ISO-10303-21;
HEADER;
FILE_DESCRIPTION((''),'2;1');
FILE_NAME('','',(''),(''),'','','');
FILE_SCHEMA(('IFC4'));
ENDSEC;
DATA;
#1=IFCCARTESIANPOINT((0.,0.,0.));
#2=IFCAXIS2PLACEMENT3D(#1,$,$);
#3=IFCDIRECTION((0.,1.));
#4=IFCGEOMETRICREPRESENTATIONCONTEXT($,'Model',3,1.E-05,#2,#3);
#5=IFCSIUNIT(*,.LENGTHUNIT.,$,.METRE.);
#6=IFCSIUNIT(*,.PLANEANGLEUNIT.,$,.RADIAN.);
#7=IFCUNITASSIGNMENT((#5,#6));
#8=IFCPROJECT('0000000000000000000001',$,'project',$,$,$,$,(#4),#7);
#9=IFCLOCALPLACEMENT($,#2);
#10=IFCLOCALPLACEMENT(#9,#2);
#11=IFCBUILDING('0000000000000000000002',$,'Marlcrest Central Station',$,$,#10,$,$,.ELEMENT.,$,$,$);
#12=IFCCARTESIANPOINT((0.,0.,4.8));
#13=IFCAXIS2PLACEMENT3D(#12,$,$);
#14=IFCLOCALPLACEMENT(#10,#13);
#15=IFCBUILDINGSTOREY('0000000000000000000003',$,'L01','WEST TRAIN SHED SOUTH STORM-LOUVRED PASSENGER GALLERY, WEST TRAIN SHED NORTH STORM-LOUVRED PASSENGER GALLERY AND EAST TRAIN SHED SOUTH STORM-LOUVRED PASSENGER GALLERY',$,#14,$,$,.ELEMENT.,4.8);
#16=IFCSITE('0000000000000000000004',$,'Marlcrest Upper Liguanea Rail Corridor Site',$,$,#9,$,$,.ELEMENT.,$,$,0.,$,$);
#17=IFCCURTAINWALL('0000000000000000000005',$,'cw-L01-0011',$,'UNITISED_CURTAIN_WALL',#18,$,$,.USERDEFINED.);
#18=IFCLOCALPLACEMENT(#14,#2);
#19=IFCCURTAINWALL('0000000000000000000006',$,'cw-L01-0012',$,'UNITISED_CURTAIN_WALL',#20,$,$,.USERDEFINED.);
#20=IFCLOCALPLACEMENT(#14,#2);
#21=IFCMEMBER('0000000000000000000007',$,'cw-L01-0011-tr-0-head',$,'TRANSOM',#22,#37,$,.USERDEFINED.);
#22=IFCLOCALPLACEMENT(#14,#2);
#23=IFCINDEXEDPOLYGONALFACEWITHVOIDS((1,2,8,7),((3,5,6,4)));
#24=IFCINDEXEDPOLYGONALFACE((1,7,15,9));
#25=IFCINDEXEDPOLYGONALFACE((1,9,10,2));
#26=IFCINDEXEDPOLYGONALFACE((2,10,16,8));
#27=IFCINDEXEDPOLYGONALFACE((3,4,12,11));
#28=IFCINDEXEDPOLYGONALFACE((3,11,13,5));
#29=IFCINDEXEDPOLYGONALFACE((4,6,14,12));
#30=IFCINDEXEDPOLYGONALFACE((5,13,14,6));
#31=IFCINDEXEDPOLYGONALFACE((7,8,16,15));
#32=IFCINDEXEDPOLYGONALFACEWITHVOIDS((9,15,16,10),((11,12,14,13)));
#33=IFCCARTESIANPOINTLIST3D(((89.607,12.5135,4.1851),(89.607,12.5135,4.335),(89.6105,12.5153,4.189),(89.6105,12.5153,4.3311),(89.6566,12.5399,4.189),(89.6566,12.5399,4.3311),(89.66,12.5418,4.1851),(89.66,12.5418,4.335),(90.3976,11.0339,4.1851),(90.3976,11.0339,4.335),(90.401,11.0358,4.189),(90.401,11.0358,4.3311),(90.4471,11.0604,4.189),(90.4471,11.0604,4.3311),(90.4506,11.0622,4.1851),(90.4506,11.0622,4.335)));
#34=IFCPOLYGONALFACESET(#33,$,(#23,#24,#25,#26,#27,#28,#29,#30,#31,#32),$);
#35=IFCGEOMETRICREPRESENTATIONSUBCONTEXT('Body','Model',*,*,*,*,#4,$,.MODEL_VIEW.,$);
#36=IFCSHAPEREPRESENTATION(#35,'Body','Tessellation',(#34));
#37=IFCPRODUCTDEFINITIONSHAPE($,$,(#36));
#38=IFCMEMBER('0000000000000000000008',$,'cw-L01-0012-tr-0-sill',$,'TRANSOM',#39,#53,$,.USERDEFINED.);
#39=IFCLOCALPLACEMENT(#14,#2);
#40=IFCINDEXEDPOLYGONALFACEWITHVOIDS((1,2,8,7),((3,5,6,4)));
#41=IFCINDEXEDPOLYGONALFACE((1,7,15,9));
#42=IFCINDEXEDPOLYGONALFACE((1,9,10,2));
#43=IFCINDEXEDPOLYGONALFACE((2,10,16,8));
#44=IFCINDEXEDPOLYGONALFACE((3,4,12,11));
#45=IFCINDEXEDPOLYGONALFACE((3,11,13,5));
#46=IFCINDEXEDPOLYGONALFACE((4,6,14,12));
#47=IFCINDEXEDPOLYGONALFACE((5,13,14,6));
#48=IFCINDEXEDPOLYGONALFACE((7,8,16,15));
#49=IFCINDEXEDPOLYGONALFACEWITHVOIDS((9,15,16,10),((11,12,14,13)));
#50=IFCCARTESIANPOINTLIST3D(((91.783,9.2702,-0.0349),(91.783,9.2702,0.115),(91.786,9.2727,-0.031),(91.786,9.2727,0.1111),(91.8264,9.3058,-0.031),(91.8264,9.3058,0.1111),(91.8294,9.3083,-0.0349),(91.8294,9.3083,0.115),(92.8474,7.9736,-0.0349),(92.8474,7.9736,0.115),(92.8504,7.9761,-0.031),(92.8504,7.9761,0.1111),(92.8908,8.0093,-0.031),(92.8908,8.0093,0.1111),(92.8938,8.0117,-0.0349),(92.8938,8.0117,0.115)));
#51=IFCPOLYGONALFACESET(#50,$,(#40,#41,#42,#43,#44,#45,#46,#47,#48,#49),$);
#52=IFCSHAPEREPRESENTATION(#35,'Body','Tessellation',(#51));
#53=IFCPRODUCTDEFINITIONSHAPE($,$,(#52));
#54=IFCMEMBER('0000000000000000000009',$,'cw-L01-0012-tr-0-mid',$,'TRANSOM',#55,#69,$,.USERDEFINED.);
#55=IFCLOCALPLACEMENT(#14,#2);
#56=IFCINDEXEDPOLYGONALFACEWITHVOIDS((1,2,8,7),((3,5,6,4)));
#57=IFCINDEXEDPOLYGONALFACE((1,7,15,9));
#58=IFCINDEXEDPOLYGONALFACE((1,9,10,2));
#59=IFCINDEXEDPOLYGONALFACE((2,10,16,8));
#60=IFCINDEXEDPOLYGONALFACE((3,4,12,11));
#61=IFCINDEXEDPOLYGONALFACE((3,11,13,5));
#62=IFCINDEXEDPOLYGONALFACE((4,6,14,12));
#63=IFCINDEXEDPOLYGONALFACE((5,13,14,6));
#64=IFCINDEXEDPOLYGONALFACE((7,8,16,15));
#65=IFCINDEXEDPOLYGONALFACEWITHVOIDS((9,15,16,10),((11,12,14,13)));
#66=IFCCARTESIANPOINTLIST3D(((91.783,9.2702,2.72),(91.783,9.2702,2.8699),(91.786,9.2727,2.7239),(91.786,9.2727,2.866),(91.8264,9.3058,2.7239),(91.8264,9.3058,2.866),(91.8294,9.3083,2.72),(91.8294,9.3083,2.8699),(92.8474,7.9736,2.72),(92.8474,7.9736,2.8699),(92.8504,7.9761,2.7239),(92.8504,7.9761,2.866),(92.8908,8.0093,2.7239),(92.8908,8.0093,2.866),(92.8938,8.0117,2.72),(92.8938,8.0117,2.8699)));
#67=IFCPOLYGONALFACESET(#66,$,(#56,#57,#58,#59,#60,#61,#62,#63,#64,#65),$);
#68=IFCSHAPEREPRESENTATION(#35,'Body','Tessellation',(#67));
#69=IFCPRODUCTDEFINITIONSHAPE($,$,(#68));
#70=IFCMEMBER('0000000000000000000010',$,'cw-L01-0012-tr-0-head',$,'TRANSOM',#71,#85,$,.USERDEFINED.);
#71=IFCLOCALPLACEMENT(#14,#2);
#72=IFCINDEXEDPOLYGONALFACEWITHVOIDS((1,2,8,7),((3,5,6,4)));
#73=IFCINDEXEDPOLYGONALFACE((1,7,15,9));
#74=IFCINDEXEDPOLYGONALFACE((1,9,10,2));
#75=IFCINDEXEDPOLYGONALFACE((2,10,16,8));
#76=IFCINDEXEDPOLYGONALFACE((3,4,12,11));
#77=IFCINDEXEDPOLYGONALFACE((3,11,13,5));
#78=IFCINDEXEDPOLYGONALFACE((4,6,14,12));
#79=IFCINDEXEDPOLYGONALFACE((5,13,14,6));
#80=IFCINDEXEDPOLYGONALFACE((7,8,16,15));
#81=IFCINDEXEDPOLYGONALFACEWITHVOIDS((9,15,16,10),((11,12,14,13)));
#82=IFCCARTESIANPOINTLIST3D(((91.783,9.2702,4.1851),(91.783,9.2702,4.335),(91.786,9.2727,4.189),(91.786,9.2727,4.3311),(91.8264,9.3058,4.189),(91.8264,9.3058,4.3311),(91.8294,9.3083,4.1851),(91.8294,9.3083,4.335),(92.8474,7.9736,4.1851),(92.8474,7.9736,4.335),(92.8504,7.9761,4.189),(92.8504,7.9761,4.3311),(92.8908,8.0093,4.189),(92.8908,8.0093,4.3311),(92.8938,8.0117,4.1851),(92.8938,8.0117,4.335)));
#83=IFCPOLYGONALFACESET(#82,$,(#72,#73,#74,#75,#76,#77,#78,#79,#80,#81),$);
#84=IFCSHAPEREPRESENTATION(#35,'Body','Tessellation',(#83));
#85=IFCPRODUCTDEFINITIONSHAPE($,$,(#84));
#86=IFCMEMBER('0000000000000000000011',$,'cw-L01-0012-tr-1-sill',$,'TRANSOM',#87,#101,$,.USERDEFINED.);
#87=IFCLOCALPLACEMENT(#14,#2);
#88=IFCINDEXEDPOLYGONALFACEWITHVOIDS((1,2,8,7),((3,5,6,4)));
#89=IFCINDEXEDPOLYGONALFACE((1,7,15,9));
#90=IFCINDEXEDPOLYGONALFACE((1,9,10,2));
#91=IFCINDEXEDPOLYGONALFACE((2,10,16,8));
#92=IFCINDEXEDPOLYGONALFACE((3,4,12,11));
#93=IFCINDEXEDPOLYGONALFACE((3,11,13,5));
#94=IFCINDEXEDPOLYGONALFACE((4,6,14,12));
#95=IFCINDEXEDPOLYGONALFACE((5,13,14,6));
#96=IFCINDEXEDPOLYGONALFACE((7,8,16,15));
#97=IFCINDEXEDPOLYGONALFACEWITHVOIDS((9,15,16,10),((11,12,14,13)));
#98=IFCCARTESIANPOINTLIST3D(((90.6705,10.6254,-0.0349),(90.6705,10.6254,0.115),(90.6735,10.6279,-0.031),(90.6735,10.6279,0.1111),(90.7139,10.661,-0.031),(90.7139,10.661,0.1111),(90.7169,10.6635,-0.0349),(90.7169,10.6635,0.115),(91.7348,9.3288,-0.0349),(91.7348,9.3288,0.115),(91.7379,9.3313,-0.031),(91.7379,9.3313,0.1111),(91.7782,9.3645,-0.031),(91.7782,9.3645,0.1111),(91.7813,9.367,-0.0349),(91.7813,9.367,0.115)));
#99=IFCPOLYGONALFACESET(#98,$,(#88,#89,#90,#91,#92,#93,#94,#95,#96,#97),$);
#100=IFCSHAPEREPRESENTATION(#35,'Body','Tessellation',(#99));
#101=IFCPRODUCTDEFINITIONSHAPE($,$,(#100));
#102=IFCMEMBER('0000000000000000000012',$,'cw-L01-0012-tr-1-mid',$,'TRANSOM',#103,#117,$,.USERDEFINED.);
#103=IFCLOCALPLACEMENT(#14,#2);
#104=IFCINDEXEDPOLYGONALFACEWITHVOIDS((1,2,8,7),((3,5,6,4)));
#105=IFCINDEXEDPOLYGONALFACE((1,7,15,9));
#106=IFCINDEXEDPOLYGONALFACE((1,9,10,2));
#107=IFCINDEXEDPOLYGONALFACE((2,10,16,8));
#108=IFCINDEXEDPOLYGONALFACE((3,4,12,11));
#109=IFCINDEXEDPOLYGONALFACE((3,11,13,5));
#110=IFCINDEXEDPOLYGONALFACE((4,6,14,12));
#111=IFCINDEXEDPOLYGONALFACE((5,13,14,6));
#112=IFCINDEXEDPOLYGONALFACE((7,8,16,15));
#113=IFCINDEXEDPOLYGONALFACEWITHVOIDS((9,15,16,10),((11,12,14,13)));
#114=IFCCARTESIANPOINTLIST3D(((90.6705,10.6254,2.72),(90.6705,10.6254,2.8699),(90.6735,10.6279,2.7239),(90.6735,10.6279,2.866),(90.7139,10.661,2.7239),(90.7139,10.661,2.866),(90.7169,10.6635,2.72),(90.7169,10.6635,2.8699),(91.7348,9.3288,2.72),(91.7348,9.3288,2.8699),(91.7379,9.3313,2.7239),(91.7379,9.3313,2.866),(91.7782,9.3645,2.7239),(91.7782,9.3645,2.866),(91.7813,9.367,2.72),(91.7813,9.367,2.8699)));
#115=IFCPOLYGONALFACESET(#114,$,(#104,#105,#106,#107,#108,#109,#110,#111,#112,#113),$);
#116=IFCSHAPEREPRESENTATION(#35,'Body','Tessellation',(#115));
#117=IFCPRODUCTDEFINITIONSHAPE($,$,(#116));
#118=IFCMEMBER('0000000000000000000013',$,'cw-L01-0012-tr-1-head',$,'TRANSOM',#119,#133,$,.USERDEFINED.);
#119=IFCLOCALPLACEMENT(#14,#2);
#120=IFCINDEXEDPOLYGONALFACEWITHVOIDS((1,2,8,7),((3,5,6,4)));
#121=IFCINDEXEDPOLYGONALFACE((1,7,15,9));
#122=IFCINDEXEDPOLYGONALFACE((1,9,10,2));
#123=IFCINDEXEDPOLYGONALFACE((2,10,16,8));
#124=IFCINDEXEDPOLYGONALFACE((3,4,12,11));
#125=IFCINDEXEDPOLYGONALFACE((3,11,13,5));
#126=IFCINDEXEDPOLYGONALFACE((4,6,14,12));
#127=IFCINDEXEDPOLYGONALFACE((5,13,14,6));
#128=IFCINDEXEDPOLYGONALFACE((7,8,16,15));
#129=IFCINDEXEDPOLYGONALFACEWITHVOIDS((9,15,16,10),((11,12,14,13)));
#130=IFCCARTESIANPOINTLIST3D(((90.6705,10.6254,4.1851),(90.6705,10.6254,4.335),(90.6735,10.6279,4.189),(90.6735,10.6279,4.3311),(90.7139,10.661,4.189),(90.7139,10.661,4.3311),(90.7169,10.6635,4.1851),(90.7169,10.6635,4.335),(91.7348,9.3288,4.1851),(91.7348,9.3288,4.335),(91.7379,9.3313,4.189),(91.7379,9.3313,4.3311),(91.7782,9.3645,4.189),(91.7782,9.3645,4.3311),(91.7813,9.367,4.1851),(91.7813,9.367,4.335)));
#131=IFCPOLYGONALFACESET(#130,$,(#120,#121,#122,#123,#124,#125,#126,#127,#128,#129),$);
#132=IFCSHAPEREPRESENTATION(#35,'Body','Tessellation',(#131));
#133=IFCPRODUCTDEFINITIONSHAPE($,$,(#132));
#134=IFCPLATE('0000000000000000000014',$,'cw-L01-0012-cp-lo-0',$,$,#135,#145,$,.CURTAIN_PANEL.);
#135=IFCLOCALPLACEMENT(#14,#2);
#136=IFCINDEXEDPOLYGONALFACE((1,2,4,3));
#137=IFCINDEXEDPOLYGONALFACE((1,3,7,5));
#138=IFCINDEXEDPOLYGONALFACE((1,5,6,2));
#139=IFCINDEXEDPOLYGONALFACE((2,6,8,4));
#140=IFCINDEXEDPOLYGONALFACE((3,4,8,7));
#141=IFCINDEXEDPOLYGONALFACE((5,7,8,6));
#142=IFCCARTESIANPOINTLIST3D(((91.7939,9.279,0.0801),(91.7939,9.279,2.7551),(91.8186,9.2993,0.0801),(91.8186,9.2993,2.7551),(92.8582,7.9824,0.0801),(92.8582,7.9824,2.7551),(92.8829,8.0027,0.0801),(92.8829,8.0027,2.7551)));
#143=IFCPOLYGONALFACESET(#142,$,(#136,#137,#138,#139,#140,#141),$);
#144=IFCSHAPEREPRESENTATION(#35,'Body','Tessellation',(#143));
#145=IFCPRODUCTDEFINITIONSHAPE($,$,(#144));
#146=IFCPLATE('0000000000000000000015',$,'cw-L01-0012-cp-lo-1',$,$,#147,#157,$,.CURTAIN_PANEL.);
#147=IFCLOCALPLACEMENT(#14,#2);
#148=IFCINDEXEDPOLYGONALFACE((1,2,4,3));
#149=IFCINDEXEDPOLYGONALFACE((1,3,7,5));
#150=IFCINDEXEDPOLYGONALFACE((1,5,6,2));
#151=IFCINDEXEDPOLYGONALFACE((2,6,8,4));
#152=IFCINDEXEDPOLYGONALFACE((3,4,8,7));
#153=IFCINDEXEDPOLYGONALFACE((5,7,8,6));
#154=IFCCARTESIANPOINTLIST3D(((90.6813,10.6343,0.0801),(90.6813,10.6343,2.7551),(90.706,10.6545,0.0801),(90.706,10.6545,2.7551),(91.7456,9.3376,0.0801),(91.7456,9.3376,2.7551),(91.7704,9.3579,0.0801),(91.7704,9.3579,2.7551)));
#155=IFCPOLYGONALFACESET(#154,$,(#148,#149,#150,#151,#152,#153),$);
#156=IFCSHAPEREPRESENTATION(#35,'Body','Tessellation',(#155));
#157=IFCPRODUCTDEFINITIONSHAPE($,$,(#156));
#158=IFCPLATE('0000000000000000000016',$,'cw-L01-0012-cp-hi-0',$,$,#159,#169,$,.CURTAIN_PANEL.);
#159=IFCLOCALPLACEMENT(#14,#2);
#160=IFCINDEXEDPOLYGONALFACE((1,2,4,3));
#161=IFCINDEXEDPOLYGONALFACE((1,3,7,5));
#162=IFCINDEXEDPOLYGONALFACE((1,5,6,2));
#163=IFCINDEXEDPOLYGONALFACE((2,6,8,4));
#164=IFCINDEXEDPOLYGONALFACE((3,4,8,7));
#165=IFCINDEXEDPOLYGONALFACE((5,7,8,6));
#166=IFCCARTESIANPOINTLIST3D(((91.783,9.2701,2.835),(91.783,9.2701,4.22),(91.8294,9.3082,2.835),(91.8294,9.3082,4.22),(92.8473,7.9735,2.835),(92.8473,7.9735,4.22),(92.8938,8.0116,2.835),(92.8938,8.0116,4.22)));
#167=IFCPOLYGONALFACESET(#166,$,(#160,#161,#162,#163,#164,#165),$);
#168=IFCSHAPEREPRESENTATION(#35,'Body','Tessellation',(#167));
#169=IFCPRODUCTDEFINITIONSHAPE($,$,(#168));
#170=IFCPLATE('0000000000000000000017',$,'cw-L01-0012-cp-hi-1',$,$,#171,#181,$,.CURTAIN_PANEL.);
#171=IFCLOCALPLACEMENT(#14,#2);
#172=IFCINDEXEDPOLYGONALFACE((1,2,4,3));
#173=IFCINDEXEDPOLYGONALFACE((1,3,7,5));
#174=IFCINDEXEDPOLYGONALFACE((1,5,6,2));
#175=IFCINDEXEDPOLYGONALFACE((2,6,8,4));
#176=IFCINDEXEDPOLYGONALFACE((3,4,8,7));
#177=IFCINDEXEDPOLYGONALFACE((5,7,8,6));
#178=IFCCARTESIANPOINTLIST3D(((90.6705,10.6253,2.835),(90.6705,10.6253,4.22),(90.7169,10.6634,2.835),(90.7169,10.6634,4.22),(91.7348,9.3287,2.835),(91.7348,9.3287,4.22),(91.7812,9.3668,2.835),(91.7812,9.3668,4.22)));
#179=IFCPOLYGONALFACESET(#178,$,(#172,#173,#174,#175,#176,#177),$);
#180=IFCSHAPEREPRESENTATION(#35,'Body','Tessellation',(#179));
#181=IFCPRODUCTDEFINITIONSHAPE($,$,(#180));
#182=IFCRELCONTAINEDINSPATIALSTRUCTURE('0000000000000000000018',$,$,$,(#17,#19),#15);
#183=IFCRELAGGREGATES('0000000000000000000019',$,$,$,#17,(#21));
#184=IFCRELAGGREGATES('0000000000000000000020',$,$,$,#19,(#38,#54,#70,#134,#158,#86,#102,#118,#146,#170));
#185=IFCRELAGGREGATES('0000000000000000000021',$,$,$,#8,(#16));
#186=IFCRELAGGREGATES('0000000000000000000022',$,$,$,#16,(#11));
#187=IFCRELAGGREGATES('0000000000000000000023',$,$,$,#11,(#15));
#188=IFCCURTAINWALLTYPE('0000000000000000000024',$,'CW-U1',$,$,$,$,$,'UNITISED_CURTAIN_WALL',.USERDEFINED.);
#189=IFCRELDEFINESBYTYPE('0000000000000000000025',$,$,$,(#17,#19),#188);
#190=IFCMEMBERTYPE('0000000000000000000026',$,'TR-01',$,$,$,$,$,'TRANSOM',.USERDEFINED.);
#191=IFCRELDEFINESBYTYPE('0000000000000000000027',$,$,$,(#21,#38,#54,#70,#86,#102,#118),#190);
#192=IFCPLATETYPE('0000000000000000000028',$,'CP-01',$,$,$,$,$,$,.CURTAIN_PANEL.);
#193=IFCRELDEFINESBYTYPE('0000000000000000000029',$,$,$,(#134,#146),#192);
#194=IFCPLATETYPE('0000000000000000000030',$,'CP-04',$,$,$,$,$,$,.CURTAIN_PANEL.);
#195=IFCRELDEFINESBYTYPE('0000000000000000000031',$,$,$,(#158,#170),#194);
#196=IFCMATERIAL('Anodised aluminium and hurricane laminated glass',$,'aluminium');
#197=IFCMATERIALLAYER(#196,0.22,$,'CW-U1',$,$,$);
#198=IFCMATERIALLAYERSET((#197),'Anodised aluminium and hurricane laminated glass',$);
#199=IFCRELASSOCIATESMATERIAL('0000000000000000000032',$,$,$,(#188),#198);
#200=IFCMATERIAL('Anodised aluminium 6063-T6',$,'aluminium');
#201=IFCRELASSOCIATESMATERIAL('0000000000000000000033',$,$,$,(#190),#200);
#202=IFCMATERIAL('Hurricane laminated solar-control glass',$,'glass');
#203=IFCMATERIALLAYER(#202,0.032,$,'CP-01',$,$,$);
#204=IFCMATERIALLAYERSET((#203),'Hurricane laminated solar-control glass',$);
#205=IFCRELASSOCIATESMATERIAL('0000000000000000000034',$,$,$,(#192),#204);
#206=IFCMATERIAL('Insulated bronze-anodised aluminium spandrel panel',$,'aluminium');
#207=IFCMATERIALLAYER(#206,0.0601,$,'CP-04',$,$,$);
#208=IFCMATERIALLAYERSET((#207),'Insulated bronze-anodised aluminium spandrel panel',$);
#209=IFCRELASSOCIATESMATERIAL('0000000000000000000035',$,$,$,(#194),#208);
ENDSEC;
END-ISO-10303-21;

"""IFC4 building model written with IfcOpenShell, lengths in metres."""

from ifc_helpers import new_model, si_unit, direction, frame, origin, origin_2d, place, context, subcontext, project, spatial, rectangle, hollow_rectangle, extrude, material, layer, layer_set, material_profile, profile_set, type_object, element, aggregate, save


model = new_model("IFC4")

# Units and contexts
model_context = context("Model", 3, precision=1e-05, world=origin(), true_north=direction((0.0, 1.0)))
body_context = subcontext(model_context, "Body", "Model", "MODEL_VIEW")
ifc_project = project(units=[si_unit("LENGTHUNIT", "METRE"), si_unit("PLANEANGLEUNIT", "RADIAN")], contexts=[model_context])

# Site, building, storey
site_placement = place(None, origin())
site = spatial("IfcSite", under=ifc_project, at=site_placement, Name="Marlcrest Upper Liguanea Rail Corridor Site", CompositionType="ELEMENT", RefElevation=0.0)
building_placement = place(site_placement, origin())
building = spatial("IfcBuilding", under=site, at=building_placement, Name="Marlcrest Central Station", CompositionType="ELEMENT")
storey_placement = place(building_placement, frame((0.0, 0.0, 4.8)))
storey = spatial("IfcBuildingStorey", under=building, at=storey_placement, Name="L01", Description="WEST TRAIN SHED SOUTH STORM-LOUVRED PASSENGER GALLERY, WEST TRAIN SHED NORTH STORM-LOUVRED PASSENGER GALLERY AND EAST TRAIN SHED SOUTH STORM-LOUVRED PASSENGER GALLERY", CompositionType="ELEMENT", Elevation=4.8)

# Curtain wall
ifc_material_1 = material(Name="Anodised aluminium and hurricane laminated glass", Category="aluminium")
ifc_layer_1 = layer(ifc_material_1, 0.22, Name="CW-U1")
ifc_layer_set_1 = layer_set([ifc_layer_1], Name="Anodised aluminium and hurricane laminated glass")
curtain_wall_type = type_object("IfcCurtainWallType", Name="CW-U1", ElementType="UNITISED_CURTAIN_WALL", PredefinedType="USERDEFINED", material=ifc_layer_set_1)
curtain_wall_1_placement = place(storey_placement, origin())
curtain_wall_1 = element("IfcCurtainWall", 1, at=curtain_wall_1_placement, inside=storey, type_object=curtain_wall_type, Name="cw-L01-0011", ObjectType="UNITISED_CURTAIN_WALL", PredefinedType="USERDEFINED")
ifc_material_2 = material(Name="Anodised aluminium 6063-T6", Category="aluminium")

# Curtain wall
curtain_wall_2_placement = place(storey_placement, origin())
curtain_wall_2 = element("IfcCurtainWall", 2, at=curtain_wall_2_placement, inside=storey, type_object=curtain_wall_type, Name="cw-L01-0012", ObjectType="UNITISED_CURTAIN_WALL", PredefinedType="USERDEFINED")

# Members
ifc_material_profile_1 = material_profile(ifc_material_2, hollow_rectangle(XDim=0.0601, YDim=0.1499, WallThickness=0.0039, at=origin_2d()), Name="AA-RHS 150x60x4")
ifc_profile_set_1 = profile_set([ifc_material_profile_1], Name="Anodised aluminium 6063-T6")
member_type_1 = type_object("IfcMemberType", Name="TR-01", ElementType="TRANSOM", PredefinedType="USERDEFINED", material=ifc_profile_set_1)
member_1_placement = place(storey_placement, frame((90.4241, 11.0481, 4.26), z_axis=(-0.471268, 0.88199, 0.0), x_axis=(-0.88199, -0.471268, 0.0)))
member_1 = element("IfcMember", 3, at=member_1_placement, type_object=member_type_1, Name="cw-L01-0011-tr-0-head", ObjectType="TRANSOM", PredefinedType="USERDEFINED", context=body_context, shape_type="SweptSolid", body=[
    extrude(hollow_rectangle(XDim=0.0601, YDim=0.1499, WallThickness=0.0039, at=origin_2d()), origin(), (0.0, 0.0, 1.0), 1.6775),
])
aggregate(curtain_wall_1, [member_1])
member_2_placement = place(storey_placement, frame((92.8706, 7.9927, 0.04), z_axis=(-0.634513, 0.772912, 0.0), x_axis=(-0.772912, -0.634513, 0.0)))
member_2 = element("IfcMember", 4, at=member_2_placement, type_object=member_type_1, Name="cw-L01-0012-tr-0-sill", ObjectType="TRANSOM", PredefinedType="USERDEFINED", context=body_context, shape_type="SweptSolid", body=[
    extrude(hollow_rectangle(XDim=0.0601, YDim=0.1499, WallThickness=0.0039, at=origin_2d()), origin(), (0.0, 0.0, 1.0), 1.6775),
])
member_3_placement = place(storey_placement, frame((92.8706, 7.9927, 2.7949), z_axis=(-0.634513, 0.772912, 0.0), x_axis=(-0.772912, -0.634513, 0.0)))
member_3 = element("IfcMember", 5, at=member_3_placement, type_object=member_type_1, Name="cw-L01-0012-tr-0-mid", ObjectType="TRANSOM", PredefinedType="USERDEFINED", context=body_context, shape_type="SweptSolid", body=[
    extrude(hollow_rectangle(XDim=0.0601, YDim=0.1499, WallThickness=0.0039, at=origin_2d()), origin(), (0.0, 0.0, 1.0), 1.6775),
])
member_4_placement = place(storey_placement, frame((92.8706, 7.9927, 4.26), z_axis=(-0.634513, 0.772912, 0.0), x_axis=(-0.772912, -0.634513, 0.0)))
member_4 = element("IfcMember", 6, at=member_4_placement, type_object=member_type_1, Name="cw-L01-0012-tr-0-head", ObjectType="TRANSOM", PredefinedType="USERDEFINED", context=body_context, shape_type="SweptSolid", body=[
    extrude(hollow_rectangle(XDim=0.0601, YDim=0.1499, WallThickness=0.0039, at=origin_2d()), origin(), (0.0, 0.0, 1.0), 1.6775),
])
member_5_placement = place(storey_placement, frame((91.7581, 9.3479, 0.04), z_axis=(-0.634513, 0.772912, 0.0), x_axis=(-0.772912, -0.634513, 0.0)))
member_5 = element("IfcMember", 7, at=member_5_placement, type_object=member_type_1, Name="cw-L01-0012-tr-1-sill", ObjectType="TRANSOM", PredefinedType="USERDEFINED", context=body_context, shape_type="SweptSolid", body=[
    extrude(hollow_rectangle(XDim=0.0601, YDim=0.1499, WallThickness=0.0039, at=origin_2d()), origin(), (0.0, 0.0, 1.0), 1.6775),
])
member_6_placement = place(storey_placement, frame((91.7581, 9.3479, 2.7949), z_axis=(-0.634513, 0.772912, 0.0), x_axis=(-0.772912, -0.634513, 0.0)))
member_6 = element("IfcMember", 8, at=member_6_placement, type_object=member_type_1, Name="cw-L01-0012-tr-1-mid", ObjectType="TRANSOM", PredefinedType="USERDEFINED", context=body_context, shape_type="SweptSolid", body=[
    extrude(hollow_rectangle(XDim=0.0601, YDim=0.1499, WallThickness=0.0039, at=origin_2d()), origin(), (0.0, 0.0, 1.0), 1.6775),
])
member_7_placement = place(storey_placement, frame((91.7581, 9.3479, 4.26), z_axis=(-0.634513, 0.772912, 0.0), x_axis=(-0.772912, -0.634513, 0.0)))
member_7 = element("IfcMember", 9, at=member_7_placement, type_object=member_type_1, Name="cw-L01-0012-tr-1-head", ObjectType="TRANSOM", PredefinedType="USERDEFINED", context=body_context, shape_type="SweptSolid", body=[
    extrude(hollow_rectangle(XDim=0.0601, YDim=0.1499, WallThickness=0.0039, at=origin_2d()), origin(), (0.0, 0.0, 1.0), 1.6775),
])

# Plates
ifc_material_3 = material(Name="Hurricane laminated solar-control glass", Category="glass")
ifc_layer_2 = layer(ifc_material_3, 0.032, Name="CP-01")
ifc_layer_set_2 = layer_set([ifc_layer_2], Name="Hurricane laminated solar-control glass")
plate_type_1 = type_object("IfcPlateType", Name="CP-01", PredefinedType="CURTAIN_PANEL", material=ifc_layer_set_2)
plate_1_placement = place(storey_placement, frame((92.3384, 8.6409, 0.0801), z_axis=(0.0, 0.0, 1.0), x_axis=(-0.634474, 0.772944, 0.0)))
plate_1 = element("IfcPlate", 10, at=plate_1_placement, type_object=plate_type_1, Name="cw-L01-0012-cp-lo-0", PredefinedType="CURTAIN_PANEL", context=body_context, shape_type="SweptSolid", body=[
    extrude(rectangle(XDim=1.6775, YDim=0.032, at=origin_2d()), origin(), (0.0, 0.0, 1.0), 2.675),
])
plate_2_placement = place(storey_placement, frame((91.2258, 9.9961, 0.0801), z_axis=(0.0, 0.0, 1.0), x_axis=(-0.634474, 0.772944, 0.0)))
plate_2 = element("IfcPlate", 11, at=plate_2_placement, type_object=plate_type_1, Name="cw-L01-0012-cp-lo-1", PredefinedType="CURTAIN_PANEL", context=body_context, shape_type="SweptSolid", body=[
    extrude(rectangle(XDim=1.6775, YDim=0.032, at=origin_2d()), origin(), (0.0, 0.0, 1.0), 2.675),
])
ifc_material_4 = material(Name="Insulated bronze-anodised aluminium spandrel panel", Category="aluminium")
ifc_layer_3 = layer(ifc_material_4, 0.0601, Name="CP-04")
ifc_layer_set_3 = layer_set([ifc_layer_3], Name="Insulated bronze-anodised aluminium spandrel panel")
plate_type_2 = type_object("IfcPlateType", Name="CP-04", PredefinedType="CURTAIN_PANEL", material=ifc_layer_set_3)
plate_3_placement = place(storey_placement, frame((92.3384, 8.6409, 2.835), z_axis=(0.0, 0.0, 1.0), x_axis=(-0.634474, 0.772944, 0.0)))
plate_3 = element("IfcPlate", 12, at=plate_3_placement, type_object=plate_type_2, Name="cw-L01-0012-cp-hi-0", PredefinedType="CURTAIN_PANEL", context=body_context, shape_type="SweptSolid", body=[
    extrude(rectangle(XDim=1.6775, YDim=0.0601, at=origin_2d()), origin(), (0.0, 0.0, 1.0), 1.385),
])
plate_4_placement = place(storey_placement, frame((91.2258, 9.9961, 2.835), z_axis=(0.0, 0.0, 1.0), x_axis=(-0.634474, 0.772944, 0.0)))
plate_4 = element("IfcPlate", 13, at=plate_4_placement, type_object=plate_type_2, Name="cw-L01-0012-cp-hi-1", PredefinedType="CURTAIN_PANEL", context=body_context, shape_type="SweptSolid", body=[
    extrude(rectangle(XDim=1.6775, YDim=0.0601, at=origin_2d()), origin(), (0.0, 0.0, 1.0), 1.385),
])
aggregate(curtain_wall_2, [member_2, member_3, member_4, plate_1, plate_3, member_5, member_6, member_7, plate_2, plate_4])

save(model, "model.ifc")
